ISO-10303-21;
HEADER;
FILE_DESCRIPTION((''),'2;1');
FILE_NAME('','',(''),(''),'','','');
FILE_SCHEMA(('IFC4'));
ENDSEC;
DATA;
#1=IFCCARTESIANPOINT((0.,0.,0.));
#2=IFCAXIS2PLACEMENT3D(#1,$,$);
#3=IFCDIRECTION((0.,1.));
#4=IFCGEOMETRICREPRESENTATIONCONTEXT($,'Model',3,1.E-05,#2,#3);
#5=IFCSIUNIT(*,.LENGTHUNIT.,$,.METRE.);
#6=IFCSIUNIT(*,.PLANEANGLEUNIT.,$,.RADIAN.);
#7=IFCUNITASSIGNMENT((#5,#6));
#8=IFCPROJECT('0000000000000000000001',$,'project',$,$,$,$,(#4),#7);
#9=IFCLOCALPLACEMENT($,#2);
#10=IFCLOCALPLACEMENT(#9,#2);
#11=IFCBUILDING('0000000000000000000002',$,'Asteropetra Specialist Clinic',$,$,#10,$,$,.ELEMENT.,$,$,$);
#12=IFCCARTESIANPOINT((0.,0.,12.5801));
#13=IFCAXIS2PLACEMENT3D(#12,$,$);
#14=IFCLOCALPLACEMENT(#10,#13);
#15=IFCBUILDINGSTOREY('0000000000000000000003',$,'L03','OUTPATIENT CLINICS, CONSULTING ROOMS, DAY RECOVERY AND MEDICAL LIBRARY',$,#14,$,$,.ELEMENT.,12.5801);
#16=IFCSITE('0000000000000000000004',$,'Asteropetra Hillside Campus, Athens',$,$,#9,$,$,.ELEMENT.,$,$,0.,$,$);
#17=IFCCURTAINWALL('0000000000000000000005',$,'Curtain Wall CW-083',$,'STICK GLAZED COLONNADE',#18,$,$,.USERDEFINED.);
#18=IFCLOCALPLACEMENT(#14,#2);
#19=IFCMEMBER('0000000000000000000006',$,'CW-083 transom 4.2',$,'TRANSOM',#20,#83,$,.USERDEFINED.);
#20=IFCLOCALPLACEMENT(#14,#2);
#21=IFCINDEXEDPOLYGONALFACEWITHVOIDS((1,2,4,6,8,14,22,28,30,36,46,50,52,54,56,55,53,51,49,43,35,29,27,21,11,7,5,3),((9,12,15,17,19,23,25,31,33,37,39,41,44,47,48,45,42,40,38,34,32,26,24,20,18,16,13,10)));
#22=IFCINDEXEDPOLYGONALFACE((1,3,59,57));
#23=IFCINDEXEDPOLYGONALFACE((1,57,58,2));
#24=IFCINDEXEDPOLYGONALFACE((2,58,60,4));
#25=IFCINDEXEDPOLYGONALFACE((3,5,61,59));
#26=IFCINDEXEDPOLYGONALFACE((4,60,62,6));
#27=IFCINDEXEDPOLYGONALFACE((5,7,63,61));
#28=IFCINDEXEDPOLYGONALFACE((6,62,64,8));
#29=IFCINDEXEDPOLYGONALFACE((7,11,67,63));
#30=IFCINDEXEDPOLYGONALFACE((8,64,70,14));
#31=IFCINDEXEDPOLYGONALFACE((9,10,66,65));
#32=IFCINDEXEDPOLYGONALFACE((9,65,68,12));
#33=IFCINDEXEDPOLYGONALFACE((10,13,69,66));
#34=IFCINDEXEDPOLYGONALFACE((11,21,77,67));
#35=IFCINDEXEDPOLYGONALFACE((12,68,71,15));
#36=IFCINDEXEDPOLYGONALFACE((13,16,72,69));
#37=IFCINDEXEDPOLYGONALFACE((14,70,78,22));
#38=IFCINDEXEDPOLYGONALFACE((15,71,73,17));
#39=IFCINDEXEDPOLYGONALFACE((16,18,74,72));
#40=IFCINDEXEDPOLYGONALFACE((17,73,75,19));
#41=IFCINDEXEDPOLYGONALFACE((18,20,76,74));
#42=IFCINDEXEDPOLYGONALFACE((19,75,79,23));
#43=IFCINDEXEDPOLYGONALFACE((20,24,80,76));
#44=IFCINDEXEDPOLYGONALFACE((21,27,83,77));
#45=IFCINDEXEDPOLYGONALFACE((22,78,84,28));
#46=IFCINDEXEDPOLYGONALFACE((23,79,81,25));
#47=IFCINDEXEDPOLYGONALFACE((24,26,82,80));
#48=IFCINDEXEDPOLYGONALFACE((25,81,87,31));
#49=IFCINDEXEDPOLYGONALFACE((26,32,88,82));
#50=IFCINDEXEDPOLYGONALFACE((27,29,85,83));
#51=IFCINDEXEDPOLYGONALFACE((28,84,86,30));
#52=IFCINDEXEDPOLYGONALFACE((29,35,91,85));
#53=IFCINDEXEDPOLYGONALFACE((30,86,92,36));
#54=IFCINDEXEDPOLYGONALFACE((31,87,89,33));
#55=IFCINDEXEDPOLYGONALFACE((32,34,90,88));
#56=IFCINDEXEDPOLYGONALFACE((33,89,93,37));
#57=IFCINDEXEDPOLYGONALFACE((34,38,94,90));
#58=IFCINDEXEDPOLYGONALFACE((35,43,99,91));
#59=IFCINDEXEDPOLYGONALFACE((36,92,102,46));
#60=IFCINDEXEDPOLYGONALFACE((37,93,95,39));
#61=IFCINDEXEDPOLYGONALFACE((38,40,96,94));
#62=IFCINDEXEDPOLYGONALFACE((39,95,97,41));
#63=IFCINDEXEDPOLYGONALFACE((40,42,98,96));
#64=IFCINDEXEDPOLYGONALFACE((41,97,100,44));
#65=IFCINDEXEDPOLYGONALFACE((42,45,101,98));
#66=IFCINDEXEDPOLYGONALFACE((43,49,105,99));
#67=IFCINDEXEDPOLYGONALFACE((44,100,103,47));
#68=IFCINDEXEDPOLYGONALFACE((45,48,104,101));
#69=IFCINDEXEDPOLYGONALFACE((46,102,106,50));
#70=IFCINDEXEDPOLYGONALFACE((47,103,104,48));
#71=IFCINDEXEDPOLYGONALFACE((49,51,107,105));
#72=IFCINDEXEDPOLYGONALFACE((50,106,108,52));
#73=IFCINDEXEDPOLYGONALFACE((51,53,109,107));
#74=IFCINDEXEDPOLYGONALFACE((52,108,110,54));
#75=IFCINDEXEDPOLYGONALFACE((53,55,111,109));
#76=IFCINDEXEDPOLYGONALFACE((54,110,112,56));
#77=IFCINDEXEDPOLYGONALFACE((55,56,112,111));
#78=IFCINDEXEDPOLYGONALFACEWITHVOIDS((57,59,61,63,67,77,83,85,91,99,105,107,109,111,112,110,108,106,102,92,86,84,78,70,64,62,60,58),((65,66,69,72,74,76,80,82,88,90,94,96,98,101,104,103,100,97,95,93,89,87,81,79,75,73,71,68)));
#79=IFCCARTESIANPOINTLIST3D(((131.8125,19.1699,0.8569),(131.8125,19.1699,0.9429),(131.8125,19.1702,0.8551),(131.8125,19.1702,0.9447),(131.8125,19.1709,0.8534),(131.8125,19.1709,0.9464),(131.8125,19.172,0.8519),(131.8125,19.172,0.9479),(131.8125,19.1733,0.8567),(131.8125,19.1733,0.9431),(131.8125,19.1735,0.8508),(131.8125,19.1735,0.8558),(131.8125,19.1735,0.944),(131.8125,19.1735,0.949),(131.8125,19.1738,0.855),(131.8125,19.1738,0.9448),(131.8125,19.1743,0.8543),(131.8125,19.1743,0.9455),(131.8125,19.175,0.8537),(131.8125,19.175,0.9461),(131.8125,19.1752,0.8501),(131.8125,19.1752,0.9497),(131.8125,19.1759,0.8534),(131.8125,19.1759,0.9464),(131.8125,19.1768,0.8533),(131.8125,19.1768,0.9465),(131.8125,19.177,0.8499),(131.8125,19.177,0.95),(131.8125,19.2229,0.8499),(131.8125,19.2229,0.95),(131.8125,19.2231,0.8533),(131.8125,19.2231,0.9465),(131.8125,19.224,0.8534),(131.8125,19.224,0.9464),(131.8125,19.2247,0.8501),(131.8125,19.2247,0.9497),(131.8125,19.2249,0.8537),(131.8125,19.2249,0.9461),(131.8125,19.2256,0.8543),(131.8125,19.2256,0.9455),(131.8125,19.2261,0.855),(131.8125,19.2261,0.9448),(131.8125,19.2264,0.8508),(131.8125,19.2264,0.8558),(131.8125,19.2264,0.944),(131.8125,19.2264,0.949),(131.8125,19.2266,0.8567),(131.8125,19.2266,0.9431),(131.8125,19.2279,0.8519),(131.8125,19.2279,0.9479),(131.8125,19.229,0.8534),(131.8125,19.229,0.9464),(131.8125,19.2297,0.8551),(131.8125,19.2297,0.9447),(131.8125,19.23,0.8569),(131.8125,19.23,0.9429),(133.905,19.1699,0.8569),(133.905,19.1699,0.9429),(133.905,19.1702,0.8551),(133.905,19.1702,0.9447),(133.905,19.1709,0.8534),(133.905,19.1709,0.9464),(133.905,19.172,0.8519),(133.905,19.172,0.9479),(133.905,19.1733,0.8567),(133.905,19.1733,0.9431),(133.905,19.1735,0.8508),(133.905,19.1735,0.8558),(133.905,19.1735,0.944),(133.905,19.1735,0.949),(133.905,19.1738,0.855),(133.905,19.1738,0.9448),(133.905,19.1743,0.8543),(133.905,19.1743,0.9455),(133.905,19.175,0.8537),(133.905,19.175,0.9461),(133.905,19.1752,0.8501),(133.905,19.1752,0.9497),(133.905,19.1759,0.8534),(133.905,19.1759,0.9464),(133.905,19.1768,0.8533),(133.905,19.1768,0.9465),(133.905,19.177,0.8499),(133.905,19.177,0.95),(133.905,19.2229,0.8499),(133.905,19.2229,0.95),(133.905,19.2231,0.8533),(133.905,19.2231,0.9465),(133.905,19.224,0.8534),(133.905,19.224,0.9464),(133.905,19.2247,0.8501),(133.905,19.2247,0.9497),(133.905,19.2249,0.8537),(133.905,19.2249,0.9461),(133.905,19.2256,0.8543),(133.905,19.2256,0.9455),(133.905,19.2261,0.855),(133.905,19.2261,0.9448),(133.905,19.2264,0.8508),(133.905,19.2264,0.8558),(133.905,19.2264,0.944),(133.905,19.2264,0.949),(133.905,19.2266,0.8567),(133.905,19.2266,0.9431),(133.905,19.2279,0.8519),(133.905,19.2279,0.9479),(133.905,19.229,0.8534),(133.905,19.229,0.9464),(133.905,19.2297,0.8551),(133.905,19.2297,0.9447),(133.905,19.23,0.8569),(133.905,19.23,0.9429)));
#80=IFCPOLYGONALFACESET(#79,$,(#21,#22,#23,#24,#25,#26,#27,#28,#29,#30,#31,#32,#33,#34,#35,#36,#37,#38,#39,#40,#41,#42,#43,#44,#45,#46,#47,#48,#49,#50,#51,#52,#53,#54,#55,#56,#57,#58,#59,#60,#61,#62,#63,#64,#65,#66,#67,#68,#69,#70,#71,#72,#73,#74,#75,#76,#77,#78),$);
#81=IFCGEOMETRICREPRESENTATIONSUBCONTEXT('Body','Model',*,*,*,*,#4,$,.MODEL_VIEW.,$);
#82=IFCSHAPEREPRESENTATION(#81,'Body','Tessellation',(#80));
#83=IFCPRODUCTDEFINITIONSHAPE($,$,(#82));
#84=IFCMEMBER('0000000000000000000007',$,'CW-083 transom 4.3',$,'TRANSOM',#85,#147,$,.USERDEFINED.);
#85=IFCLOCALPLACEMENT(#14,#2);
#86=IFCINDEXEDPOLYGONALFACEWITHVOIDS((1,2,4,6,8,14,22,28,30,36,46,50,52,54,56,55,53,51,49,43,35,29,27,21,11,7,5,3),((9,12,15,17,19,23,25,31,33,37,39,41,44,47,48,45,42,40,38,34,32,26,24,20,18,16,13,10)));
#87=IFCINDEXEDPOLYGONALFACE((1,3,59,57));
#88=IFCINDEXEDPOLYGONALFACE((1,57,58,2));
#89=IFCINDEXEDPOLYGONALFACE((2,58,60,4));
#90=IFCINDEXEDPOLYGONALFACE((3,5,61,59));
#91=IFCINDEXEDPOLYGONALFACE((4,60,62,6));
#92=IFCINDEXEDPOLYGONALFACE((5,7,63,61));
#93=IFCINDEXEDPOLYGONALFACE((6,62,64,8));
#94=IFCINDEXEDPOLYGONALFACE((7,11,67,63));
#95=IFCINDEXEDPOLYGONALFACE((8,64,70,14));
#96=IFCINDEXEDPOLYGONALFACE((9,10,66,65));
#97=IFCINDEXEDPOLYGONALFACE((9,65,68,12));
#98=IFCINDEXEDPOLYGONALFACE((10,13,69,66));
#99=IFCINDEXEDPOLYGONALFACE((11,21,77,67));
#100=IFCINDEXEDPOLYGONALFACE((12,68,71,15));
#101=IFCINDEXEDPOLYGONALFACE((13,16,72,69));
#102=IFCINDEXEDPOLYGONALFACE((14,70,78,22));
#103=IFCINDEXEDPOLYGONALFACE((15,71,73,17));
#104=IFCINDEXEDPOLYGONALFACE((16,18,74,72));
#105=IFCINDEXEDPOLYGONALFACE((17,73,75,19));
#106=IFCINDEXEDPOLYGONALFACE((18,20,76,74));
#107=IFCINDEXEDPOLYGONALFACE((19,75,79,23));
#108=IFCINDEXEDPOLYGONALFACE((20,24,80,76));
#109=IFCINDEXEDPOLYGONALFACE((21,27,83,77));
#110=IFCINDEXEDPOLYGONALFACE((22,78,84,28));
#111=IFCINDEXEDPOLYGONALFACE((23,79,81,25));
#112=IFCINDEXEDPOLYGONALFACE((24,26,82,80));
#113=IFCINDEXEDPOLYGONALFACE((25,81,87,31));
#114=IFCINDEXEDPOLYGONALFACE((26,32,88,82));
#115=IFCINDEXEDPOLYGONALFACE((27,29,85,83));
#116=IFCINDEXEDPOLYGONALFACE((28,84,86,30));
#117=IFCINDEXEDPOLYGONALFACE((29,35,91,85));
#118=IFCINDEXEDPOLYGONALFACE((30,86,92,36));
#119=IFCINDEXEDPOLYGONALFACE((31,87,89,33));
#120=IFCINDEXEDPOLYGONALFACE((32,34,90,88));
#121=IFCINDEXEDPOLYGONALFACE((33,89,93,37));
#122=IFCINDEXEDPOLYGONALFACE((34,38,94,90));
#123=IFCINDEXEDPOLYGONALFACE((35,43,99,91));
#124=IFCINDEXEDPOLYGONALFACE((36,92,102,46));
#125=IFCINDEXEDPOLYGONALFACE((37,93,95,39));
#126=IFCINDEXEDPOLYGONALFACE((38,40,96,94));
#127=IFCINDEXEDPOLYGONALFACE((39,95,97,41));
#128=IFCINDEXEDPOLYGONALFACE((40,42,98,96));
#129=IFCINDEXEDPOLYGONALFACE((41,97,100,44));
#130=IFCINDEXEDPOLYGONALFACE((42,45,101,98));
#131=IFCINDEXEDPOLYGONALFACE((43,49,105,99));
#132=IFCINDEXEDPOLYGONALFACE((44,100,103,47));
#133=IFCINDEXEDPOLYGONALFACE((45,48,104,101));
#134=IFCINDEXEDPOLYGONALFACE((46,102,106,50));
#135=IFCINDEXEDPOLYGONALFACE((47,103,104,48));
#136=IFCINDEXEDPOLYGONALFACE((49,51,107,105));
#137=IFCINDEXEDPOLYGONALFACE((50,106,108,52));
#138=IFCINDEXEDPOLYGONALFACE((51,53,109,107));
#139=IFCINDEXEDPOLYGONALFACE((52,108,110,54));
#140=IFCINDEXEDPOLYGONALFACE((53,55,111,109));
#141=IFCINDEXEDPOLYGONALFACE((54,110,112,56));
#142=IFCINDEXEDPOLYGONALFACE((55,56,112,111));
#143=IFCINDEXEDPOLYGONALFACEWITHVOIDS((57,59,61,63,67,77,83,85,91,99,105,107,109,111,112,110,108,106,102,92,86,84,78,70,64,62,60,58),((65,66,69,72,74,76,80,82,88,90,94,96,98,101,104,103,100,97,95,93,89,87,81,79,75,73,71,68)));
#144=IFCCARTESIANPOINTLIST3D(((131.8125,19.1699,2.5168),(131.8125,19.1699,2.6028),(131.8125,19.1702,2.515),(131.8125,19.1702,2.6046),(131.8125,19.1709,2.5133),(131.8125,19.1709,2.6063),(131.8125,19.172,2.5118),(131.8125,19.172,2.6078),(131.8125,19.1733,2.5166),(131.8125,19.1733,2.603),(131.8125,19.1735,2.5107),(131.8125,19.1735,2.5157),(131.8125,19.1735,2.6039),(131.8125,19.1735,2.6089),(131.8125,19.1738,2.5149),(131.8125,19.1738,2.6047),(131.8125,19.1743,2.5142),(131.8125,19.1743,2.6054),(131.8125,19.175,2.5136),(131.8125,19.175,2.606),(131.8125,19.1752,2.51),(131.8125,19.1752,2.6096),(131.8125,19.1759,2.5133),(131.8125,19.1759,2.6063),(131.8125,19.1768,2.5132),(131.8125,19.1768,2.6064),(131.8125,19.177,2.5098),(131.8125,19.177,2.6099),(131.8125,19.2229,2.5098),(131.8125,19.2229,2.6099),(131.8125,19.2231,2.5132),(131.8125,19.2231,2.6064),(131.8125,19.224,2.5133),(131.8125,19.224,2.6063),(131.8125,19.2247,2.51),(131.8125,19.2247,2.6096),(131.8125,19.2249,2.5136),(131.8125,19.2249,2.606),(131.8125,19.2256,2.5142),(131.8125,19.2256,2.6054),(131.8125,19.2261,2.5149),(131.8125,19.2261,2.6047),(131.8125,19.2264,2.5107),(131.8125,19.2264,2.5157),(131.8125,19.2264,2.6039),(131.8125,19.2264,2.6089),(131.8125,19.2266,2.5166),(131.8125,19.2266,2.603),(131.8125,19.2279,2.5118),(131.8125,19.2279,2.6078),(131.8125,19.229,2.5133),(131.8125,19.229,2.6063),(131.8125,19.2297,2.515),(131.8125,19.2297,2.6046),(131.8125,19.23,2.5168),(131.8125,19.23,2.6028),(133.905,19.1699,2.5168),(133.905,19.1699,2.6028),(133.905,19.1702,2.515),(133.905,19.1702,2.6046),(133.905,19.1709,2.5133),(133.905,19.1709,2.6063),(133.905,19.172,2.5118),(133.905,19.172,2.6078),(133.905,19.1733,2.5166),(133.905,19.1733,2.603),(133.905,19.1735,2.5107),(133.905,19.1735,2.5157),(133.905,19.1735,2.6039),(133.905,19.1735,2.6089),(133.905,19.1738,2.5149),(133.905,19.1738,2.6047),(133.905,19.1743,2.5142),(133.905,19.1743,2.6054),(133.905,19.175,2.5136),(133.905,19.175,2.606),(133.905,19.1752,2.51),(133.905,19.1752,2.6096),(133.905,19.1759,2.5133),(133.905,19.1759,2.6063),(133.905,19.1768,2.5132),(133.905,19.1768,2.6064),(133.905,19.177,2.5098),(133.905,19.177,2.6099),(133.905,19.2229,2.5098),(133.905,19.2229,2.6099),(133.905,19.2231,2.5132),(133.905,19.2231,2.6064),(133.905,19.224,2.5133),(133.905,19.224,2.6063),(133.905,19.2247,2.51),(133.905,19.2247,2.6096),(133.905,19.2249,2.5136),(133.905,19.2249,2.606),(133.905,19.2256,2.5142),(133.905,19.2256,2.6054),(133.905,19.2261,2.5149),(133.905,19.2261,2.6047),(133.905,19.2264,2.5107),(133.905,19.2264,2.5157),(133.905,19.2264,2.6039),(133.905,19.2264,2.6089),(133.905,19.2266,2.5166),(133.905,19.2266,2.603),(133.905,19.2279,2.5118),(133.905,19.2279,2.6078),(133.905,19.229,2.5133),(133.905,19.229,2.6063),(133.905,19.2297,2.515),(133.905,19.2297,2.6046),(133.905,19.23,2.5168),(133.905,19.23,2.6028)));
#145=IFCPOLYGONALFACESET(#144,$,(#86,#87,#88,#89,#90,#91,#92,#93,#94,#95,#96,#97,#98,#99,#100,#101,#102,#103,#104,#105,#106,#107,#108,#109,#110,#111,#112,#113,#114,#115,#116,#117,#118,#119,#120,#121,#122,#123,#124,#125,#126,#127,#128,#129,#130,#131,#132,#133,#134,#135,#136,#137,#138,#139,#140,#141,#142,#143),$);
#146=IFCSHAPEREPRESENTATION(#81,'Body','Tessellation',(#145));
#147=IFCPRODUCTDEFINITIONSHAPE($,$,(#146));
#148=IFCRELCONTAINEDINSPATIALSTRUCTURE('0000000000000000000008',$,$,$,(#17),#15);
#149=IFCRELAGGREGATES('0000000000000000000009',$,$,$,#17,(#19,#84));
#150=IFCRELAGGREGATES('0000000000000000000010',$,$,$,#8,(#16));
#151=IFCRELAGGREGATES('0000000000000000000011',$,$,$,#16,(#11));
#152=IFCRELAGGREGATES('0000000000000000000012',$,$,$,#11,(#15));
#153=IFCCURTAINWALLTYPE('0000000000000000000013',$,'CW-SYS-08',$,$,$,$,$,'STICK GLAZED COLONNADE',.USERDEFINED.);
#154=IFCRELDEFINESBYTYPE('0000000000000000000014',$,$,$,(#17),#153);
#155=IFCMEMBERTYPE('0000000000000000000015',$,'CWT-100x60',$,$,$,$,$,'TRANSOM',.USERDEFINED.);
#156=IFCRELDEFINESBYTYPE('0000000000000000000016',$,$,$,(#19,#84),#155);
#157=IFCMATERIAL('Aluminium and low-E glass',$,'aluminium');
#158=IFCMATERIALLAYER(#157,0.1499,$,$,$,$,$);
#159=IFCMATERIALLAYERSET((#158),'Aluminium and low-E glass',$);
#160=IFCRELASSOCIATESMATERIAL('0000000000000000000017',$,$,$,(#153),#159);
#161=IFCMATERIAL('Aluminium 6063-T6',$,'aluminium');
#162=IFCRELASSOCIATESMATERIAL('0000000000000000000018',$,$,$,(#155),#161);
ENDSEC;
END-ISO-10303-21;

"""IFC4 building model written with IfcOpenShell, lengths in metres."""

from ifc_helpers import new_model, si_unit, direction, frame, origin, origin_2d, place, context, subcontext, project, spatial, hollow_rectangle, extrude, material, layer, layer_set, material_profile, profile_set, type_object, element, aggregate, save


model = new_model("IFC4")

# Units and contexts
model_context = context("Model", 3, precision=1e-05, world=origin(), true_north=direction((0.0, 1.0)))
body_context = subcontext(model_context, "Body", "Model", "MODEL_VIEW")
ifc_project = project(units=[si_unit("LENGTHUNIT", "METRE"), si_unit("PLANEANGLEUNIT", "RADIAN")], contexts=[model_context])

# Site, building, storey
site_placement = place(None, origin())
site = spatial("IfcSite", under=ifc_project, at=site_placement, Name="Asteropetra Hillside Campus, Athens", CompositionType="ELEMENT", RefElevation=0.0)
building_placement = place(site_placement, origin())
building = spatial("IfcBuilding", under=site, at=building_placement, Name="Asteropetra Specialist Clinic", CompositionType="ELEMENT")
storey_placement = place(building_placement, frame((0.0, 0.0, 12.5801)))
storey = spatial("IfcBuildingStorey", under=building, at=storey_placement, Name="L03", Description="OUTPATIENT CLINICS, CONSULTING ROOMS, DAY RECOVERY AND MEDICAL LIBRARY", CompositionType="ELEMENT", Elevation=12.5801)

# Curtain wall, members
ifc_material_1 = material(Name="Aluminium and low-E glass", Category="aluminium")
ifc_layer_1 = layer(ifc_material_1, 0.1499)
ifc_layer_set_1 = layer_set([ifc_layer_1], Name="Aluminium and low-E glass")
curtain_wall_type = type_object("IfcCurtainWallType", Name="CW-SYS-08", ElementType="STICK GLAZED COLONNADE", PredefinedType="USERDEFINED", material=ifc_layer_set_1)
curtain_wall_placement = place(storey_placement, origin())
curtain_wall = element("IfcCurtainWall", 1, at=curtain_wall_placement, inside=storey, type_object=curtain_wall_type, Name="Curtain Wall CW-083", ObjectType="STICK GLAZED COLONNADE", PredefinedType="USERDEFINED")
ifc_material_2 = material(Name="Aluminium 6063-T6", Category="aluminium")
ifc_material_profile_1 = material_profile(ifc_material_2, hollow_rectangle(XDim=0.0601, YDim=0.1001, WallThickness=0.0034, InnerFilletRadius=0.0034, OuterFilletRadius=0.0071, at=origin_2d()), Name="TRN 100x60x3.5")
ifc_profile_set_1 = profile_set([ifc_material_profile_1], Name="Aluminium 6063-T6")
member_type_1 = type_object("IfcMemberType", Name="CWT-100x60", ElementType="TRANSOM", PredefinedType="USERDEFINED", material=ifc_profile_set_1)
member_1_placement = place(storey_placement, frame((131.8125, 19.2, 0.8999), z_axis=(1.0, 0.0, 0.0), x_axis=(0.0, 1.0, 0.0)))
member_1 = element("IfcMember", 2, at=member_1_placement, type_object=member_type_1, Name="CW-083 transom 4.2", ObjectType="TRANSOM", PredefinedType="USERDEFINED", context=body_context, shape_type="SweptSolid", body=[
    extrude(hollow_rectangle(XDim=0.0601, YDim=0.1001, WallThickness=0.0034, InnerFilletRadius=0.0034, OuterFilletRadius=0.0071, at=origin_2d()), origin(), (0.0, 0.0, 1.0), 2.0925),
])
member_2_placement = place(storey_placement, frame((131.8125, 19.2, 2.5598), z_axis=(1.0, 0.0, 0.0), x_axis=(0.0, 1.0, 0.0)))
member_2 = element("IfcMember", 3, at=member_2_placement, type_object=member_type_1, Name="CW-083 transom 4.3", ObjectType="TRANSOM", PredefinedType="USERDEFINED", context=body_context, shape_type="SweptSolid", body=[
    extrude(hollow_rectangle(XDim=0.0601, YDim=0.1001, WallThickness=0.0034, InnerFilletRadius=0.0034, OuterFilletRadius=0.0071, at=origin_2d()), origin(), (0.0, 0.0, 1.0), 2.0925),
])

aggregate(curtain_wall, [member_1, member_2])

save(model, "model.ifc")
